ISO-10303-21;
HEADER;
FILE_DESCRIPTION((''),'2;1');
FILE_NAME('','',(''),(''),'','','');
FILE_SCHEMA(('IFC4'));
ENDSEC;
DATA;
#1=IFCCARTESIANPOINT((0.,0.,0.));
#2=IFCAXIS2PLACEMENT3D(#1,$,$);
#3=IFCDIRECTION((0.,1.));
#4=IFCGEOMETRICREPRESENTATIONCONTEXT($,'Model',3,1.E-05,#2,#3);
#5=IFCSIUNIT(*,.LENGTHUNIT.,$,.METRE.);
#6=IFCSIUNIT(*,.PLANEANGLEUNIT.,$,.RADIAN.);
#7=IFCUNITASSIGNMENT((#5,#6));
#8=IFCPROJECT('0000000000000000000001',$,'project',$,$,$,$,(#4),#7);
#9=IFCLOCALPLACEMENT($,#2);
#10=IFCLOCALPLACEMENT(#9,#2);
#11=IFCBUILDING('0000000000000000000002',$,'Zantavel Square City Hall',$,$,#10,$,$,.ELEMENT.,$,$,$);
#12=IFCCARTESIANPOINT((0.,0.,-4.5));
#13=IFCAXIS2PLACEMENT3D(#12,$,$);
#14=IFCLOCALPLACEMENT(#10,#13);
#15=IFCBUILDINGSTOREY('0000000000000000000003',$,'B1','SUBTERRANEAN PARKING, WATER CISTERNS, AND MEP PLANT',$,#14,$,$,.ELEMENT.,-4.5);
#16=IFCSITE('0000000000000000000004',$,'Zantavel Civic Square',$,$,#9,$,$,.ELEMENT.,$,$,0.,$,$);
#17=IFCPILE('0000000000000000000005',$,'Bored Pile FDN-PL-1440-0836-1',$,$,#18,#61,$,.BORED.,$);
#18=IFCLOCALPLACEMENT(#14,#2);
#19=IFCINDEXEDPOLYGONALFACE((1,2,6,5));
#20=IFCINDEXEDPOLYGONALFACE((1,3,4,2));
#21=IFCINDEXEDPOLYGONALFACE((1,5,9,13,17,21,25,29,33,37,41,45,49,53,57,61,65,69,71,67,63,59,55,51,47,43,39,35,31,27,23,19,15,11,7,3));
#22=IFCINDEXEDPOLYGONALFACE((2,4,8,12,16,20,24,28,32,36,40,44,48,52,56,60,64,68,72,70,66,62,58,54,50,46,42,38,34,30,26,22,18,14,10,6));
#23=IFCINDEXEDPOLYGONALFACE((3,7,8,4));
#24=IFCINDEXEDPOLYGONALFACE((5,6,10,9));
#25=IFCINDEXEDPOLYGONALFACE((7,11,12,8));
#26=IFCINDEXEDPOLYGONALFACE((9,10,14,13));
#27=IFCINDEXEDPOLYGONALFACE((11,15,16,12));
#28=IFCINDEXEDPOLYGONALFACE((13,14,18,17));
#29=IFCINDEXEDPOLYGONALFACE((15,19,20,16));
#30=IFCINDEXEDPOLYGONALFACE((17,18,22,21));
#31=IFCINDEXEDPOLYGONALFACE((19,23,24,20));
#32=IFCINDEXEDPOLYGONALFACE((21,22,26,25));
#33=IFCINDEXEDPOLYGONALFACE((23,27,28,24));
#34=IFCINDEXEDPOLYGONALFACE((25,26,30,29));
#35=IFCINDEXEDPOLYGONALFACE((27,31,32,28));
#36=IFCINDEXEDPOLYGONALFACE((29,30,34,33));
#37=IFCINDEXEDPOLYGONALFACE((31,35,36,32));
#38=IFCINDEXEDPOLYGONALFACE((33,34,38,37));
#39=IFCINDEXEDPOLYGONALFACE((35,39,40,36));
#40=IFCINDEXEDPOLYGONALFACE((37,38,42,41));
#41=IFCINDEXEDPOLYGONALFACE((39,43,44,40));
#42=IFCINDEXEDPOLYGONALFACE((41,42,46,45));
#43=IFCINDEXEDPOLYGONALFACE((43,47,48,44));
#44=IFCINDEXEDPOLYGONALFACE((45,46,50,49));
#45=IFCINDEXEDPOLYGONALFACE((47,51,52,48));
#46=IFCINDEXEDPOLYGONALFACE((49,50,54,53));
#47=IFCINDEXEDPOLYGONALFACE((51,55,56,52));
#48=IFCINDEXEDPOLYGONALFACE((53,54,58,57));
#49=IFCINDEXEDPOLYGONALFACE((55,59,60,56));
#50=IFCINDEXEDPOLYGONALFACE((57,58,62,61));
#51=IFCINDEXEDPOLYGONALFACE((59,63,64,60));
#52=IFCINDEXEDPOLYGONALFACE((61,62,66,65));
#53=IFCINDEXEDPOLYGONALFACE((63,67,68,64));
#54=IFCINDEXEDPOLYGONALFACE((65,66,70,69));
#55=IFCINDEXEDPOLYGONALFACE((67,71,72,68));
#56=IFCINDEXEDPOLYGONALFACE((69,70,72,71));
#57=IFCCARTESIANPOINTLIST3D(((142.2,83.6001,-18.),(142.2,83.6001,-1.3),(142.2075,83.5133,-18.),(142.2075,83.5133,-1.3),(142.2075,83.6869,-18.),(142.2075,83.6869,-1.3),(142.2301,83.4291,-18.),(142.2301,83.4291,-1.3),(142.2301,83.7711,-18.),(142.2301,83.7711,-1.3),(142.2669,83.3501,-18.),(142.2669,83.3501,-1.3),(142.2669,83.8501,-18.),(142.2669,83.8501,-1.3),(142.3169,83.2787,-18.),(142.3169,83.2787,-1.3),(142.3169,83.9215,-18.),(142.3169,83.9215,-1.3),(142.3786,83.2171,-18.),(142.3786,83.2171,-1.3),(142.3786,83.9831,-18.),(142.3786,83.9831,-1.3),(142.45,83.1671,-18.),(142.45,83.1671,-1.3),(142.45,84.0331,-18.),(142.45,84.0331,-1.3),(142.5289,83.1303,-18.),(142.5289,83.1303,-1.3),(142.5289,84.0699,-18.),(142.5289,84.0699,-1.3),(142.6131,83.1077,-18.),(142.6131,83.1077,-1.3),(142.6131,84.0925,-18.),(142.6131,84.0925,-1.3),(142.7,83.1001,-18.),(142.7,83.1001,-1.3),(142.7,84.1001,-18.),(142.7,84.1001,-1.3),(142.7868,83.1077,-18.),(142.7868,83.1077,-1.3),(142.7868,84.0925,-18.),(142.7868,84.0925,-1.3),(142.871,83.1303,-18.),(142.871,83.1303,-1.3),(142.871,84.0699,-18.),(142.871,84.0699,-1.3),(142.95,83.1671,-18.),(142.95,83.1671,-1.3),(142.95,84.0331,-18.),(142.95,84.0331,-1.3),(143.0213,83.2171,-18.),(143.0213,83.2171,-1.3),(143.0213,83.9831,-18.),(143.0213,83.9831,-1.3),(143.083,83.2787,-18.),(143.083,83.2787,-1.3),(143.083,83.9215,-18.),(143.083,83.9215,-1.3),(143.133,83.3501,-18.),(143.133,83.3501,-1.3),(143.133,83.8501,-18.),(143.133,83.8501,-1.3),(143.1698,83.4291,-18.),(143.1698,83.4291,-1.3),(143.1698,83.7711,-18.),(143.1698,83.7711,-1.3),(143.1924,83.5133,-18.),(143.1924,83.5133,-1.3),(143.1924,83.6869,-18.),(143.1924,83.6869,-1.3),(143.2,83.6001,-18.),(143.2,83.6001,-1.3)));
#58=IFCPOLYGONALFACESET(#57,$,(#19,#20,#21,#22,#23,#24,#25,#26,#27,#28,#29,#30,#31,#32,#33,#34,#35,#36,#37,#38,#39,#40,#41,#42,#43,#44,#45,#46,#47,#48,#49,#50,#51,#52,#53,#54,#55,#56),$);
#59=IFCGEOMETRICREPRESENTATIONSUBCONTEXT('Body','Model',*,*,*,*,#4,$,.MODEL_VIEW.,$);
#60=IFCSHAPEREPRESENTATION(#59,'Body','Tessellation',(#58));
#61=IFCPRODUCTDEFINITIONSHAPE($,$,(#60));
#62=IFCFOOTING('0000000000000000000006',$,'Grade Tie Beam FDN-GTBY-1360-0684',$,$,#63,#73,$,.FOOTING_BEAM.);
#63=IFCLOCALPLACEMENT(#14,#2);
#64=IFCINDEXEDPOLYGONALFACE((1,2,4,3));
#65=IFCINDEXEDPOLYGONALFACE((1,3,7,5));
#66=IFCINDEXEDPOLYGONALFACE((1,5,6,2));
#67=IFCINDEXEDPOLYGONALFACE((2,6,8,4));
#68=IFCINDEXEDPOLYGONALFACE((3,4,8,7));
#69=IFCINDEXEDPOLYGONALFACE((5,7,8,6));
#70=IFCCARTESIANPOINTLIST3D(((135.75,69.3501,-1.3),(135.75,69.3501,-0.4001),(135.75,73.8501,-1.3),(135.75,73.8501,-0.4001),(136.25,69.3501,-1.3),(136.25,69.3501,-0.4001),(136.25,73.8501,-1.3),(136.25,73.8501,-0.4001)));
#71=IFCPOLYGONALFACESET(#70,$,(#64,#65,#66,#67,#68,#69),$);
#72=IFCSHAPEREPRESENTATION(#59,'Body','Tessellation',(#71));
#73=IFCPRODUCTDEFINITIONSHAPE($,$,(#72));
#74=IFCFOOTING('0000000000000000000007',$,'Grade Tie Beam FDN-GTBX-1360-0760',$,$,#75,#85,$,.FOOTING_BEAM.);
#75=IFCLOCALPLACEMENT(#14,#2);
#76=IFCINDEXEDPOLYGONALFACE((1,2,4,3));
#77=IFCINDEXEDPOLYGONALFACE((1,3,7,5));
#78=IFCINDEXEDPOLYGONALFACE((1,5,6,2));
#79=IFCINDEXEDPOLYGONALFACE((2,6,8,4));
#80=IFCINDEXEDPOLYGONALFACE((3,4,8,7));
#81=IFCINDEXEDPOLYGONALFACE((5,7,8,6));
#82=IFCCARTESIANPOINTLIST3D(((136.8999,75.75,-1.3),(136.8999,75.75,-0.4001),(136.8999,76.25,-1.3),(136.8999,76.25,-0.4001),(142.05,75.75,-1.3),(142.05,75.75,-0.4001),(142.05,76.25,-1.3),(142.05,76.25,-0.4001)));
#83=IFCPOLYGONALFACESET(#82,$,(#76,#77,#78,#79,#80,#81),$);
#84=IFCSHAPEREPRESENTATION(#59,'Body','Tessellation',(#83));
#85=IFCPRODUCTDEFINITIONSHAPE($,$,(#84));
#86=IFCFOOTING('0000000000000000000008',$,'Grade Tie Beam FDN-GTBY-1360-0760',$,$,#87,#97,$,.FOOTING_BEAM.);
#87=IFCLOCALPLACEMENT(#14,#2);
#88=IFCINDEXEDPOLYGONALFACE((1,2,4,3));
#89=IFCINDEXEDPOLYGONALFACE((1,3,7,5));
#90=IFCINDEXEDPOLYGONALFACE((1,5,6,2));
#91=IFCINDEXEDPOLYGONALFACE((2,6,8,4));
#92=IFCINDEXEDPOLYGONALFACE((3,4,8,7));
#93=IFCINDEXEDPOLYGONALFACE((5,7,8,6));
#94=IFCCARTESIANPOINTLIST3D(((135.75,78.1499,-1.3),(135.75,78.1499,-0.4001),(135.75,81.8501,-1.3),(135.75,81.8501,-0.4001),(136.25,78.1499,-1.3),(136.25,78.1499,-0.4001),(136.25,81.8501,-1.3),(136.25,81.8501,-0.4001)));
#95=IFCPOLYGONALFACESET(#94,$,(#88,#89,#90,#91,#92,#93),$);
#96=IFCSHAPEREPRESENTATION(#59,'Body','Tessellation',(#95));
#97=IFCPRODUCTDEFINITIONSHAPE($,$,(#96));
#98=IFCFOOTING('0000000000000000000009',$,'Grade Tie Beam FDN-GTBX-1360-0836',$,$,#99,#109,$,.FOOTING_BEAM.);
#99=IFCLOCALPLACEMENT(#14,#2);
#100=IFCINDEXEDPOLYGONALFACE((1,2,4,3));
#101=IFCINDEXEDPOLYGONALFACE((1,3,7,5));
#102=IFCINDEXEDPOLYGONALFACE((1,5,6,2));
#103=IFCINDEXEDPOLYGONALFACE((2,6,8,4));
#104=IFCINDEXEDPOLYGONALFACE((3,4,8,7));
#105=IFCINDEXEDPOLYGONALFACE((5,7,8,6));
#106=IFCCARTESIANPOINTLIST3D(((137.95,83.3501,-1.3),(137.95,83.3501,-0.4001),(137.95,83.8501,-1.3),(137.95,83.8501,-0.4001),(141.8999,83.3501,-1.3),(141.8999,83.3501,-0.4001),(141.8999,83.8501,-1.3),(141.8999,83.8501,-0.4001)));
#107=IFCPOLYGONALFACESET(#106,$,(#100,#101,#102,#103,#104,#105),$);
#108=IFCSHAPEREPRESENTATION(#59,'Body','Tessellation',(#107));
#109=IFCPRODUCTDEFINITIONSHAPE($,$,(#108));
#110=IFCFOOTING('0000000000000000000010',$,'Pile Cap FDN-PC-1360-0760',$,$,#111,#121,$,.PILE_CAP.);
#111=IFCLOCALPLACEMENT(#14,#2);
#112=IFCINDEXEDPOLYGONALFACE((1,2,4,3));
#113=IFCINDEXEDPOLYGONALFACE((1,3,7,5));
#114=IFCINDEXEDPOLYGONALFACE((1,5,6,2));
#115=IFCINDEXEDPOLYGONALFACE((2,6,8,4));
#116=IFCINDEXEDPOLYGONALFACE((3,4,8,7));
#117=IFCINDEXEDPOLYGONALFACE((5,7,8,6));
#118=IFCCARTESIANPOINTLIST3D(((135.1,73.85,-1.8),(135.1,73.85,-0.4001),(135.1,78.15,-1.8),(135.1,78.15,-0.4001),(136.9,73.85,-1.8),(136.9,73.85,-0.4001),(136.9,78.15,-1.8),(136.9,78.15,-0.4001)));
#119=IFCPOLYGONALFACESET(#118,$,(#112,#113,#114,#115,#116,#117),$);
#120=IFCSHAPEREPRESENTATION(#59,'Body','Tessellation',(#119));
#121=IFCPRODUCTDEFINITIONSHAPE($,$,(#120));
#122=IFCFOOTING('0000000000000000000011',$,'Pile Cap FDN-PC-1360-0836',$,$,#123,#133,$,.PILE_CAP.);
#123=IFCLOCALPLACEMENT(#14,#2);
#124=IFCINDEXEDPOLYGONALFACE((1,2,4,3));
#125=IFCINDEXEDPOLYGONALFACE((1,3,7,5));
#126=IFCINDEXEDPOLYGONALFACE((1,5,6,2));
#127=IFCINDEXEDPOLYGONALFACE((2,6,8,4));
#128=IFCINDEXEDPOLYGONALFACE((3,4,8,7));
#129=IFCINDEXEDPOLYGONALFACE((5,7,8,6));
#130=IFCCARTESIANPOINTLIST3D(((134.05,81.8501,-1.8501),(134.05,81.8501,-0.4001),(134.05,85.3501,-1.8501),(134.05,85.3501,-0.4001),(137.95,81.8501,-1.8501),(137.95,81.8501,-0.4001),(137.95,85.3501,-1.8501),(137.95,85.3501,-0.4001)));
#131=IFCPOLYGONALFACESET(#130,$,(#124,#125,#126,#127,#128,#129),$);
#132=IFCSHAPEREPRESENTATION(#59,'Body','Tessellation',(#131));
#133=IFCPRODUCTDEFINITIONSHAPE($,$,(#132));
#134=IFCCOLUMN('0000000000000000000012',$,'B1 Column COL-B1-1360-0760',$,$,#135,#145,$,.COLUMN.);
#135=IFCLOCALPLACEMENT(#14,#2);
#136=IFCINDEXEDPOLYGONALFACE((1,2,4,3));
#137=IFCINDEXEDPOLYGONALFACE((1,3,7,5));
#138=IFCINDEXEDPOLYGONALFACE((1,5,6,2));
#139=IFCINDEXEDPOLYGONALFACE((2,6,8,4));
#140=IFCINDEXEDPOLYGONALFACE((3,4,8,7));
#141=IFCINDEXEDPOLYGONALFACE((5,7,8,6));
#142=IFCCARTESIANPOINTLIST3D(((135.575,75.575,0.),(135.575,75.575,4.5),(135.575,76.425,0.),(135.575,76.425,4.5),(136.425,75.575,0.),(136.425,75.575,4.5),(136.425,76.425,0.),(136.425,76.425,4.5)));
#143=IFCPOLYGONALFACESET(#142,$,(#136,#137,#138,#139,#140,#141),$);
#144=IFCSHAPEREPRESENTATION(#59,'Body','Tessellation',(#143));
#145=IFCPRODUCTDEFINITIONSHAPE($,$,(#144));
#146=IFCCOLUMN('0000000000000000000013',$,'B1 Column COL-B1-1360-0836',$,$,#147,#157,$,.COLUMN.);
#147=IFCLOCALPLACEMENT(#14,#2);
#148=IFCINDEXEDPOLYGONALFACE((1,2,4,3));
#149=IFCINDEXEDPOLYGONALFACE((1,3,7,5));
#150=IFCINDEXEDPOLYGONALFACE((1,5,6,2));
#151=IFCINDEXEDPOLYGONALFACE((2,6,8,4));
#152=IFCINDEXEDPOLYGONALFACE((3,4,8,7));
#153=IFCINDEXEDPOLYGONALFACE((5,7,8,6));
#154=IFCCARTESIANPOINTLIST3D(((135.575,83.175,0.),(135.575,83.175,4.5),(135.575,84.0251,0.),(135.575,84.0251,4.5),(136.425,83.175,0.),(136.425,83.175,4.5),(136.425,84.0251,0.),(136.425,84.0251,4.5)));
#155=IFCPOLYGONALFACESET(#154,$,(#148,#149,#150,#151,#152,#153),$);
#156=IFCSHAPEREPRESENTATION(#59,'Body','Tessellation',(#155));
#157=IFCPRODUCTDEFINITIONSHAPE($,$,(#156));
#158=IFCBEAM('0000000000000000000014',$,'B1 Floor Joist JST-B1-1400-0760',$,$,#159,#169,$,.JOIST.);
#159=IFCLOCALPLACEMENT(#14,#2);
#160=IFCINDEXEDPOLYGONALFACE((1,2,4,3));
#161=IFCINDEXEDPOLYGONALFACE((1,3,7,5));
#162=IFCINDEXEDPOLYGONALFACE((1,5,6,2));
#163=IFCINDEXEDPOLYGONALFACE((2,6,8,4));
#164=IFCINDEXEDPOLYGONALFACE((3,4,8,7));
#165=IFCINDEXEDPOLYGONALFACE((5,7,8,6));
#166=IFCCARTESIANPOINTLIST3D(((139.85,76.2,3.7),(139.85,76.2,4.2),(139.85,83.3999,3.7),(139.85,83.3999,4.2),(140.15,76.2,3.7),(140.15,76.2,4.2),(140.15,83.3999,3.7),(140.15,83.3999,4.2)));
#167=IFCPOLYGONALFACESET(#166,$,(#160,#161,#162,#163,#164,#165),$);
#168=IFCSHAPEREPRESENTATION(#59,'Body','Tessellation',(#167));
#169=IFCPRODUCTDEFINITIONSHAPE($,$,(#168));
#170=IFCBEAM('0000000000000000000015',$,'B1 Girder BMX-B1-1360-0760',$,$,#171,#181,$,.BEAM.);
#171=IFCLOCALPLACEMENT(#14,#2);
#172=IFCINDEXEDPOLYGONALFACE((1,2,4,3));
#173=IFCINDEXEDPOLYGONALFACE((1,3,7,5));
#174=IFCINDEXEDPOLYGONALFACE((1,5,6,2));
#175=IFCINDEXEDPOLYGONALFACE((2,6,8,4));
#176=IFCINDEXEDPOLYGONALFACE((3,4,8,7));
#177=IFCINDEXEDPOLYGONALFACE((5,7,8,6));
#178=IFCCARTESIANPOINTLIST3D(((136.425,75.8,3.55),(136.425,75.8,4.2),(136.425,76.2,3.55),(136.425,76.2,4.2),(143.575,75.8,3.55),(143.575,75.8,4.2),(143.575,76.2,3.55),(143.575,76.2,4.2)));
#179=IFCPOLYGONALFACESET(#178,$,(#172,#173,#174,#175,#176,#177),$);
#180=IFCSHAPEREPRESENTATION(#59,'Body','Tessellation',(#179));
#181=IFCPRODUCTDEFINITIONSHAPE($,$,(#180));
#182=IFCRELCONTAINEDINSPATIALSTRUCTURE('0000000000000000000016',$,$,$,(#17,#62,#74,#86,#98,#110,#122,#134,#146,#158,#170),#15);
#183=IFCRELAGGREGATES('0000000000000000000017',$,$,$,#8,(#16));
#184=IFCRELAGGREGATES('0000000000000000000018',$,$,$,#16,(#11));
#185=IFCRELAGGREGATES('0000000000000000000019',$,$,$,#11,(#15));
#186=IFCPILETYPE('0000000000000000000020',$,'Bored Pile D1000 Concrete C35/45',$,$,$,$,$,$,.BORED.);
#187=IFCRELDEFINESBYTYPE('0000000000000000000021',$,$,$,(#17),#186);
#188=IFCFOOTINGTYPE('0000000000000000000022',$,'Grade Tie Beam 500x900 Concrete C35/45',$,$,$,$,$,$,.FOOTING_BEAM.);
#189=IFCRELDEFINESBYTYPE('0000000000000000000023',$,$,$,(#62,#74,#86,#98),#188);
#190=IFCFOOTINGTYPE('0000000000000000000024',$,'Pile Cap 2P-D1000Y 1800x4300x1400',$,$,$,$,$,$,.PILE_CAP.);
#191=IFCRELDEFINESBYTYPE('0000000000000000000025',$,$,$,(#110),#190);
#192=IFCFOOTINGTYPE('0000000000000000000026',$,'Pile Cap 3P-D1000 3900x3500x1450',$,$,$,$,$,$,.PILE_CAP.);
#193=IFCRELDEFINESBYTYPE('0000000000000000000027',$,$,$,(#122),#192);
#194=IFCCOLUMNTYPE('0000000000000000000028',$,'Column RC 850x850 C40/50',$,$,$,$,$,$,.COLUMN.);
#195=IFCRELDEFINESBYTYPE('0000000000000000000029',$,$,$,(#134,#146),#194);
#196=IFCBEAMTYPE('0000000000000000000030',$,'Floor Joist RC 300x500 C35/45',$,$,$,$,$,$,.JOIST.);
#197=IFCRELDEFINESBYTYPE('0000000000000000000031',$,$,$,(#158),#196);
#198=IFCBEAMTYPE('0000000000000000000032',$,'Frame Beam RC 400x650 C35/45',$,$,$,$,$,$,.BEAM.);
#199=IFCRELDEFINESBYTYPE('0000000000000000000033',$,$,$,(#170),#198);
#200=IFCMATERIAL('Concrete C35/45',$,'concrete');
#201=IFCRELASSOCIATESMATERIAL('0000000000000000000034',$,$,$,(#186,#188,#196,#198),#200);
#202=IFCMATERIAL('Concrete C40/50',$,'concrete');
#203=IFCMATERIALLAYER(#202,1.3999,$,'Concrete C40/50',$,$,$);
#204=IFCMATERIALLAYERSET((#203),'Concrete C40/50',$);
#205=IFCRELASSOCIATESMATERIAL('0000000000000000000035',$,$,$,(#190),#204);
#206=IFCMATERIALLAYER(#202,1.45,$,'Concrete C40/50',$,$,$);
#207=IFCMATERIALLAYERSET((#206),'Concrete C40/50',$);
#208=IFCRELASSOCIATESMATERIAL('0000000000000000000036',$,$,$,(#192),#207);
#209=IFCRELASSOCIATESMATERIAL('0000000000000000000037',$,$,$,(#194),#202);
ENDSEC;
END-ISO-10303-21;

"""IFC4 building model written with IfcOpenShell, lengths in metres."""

from ifc_helpers import new_model, si_unit, direction, frame, origin, origin_2d, place, context, subcontext, project, spatial, rectangle, circle, extrude, material, layer, layer_set, material_profile, profile_set, type_object, element, save


model = new_model("IFC4")

# Units and contexts
model_context = context("Model", 3, precision=1e-05, world=origin(), true_north=direction((0.0, 1.0)))
body_context = subcontext(model_context, "Body", "Model", "MODEL_VIEW")
ifc_project = project(units=[si_unit("LENGTHUNIT", "METRE"), si_unit("PLANEANGLEUNIT", "RADIAN")], contexts=[model_context])

# Site, building, storey
site_placement = place(None, origin())
site = spatial("IfcSite", under=ifc_project, at=site_placement, Name="Zantavel Civic Square", CompositionType="ELEMENT", RefElevation=0.0)
building_placement = place(site_placement, origin())
building = spatial("IfcBuilding", under=site, at=building_placement, Name="Zantavel Square City Hall", CompositionType="ELEMENT")
storey_placement = place(building_placement, frame((0.0, 0.0, -4.5)))
storey = spatial("IfcBuildingStorey", under=building, at=storey_placement, Name="B1", Description="SUBTERRANEAN PARKING, WATER CISTERNS, AND MEP PLANT", CompositionType="ELEMENT", Elevation=-4.5)

# Pile
ifc_material_1 = material(Name="Concrete C35/45", Category="concrete")
ifc_material_profile_1 = material_profile(ifc_material_1, circle(Radius=0.5, at=origin_2d()), Name="PILE D1000")
ifc_profile_set_1 = profile_set([ifc_material_profile_1], Name="Concrete C35/45")
pile_type = type_object("IfcPileType", Name="Bored Pile D1000 Concrete C35/45", PredefinedType="BORED", material=ifc_profile_set_1)
pile_1_placement = place(storey_placement, frame((142.7, 83.6001, -1.3), z_axis=(0.0, 0.0, -1.0), x_axis=(1.0, 0.0, 0.0)))
element("IfcPile", 1, at=pile_1_placement, inside=storey, type_object=pile_type, Name="Bored Pile FDN-PL-1440-0836-1", PredefinedType="BORED", context=body_context, shape_type="SweptSolid", body=[
    extrude(circle(Radius=0.5, at=origin_2d()), origin(), (0.0, 0.0, 1.0), 16.7),
])

# Footings
ifc_material_profile_2 = material_profile(ifc_material_1, rectangle(XDim=0.5, YDim=0.8999, at=origin_2d()), Name="RC 500x900")
ifc_profile_set_2 = profile_set([ifc_material_profile_2], Name="Concrete C35/45")
footing_type_1 = type_object("IfcFootingType", Name="Grade Tie Beam 500x900 Concrete C35/45", PredefinedType="FOOTING_BEAM", material=ifc_profile_set_2)
footing_1_placement = place(storey_placement, frame((136.0, 69.3501, -0.8501), z_axis=(0.0, 1.0, 0.0), x_axis=(-1.0, 0.0, 0.0)))
element("IfcFooting", 2, at=footing_1_placement, inside=storey, type_object=footing_type_1, Name="Grade Tie Beam FDN-GTBY-1360-0684", PredefinedType="FOOTING_BEAM", context=body_context, shape_type="SweptSolid", body=[
    extrude(rectangle(XDim=0.5, YDim=0.8999, at=origin_2d()), origin(), (0.0, 0.0, 1.0), 4.5),
])
footing_2_placement = place(storey_placement, frame((136.8999, 76.0, -0.8501), z_axis=(1.0, 0.0, 0.0), x_axis=(0.0, 1.0, 0.0)))
element("IfcFooting", 3, at=footing_2_placement, inside=storey, type_object=footing_type_1, Name="Grade Tie Beam FDN-GTBX-1360-0760", PredefinedType="FOOTING_BEAM", context=body_context, shape_type="SweptSolid", body=[
    extrude(rectangle(XDim=0.5, YDim=0.8999, at=origin_2d()), origin(), (0.0, 0.0, 1.0), 5.1501),
])
footing_3_placement = place(storey_placement, frame((136.0, 78.1499, -0.8501), z_axis=(0.0, 1.0, 0.0), x_axis=(-1.0, 0.0, 0.0)))
element("IfcFooting", 4, at=footing_3_placement, inside=storey, type_object=footing_type_1, Name="Grade Tie Beam FDN-GTBY-1360-0760", PredefinedType="FOOTING_BEAM", context=body_context, shape_type="SweptSolid", body=[
    extrude(rectangle(XDim=0.5, YDim=0.8999, at=origin_2d()), origin(), (0.0, 0.0, 1.0), 3.7002),
])
footing_4_placement = place(storey_placement, frame((137.95, 83.6001, -0.8501), z_axis=(1.0, 0.0, 0.0), x_axis=(0.0, 1.0, 0.0)))
element("IfcFooting", 5, at=footing_4_placement, inside=storey, type_object=footing_type_1, Name="Grade Tie Beam FDN-GTBX-1360-0836", PredefinedType="FOOTING_BEAM", context=body_context, shape_type="SweptSolid", body=[
    extrude(rectangle(XDim=0.5, YDim=0.8999, at=origin_2d()), origin(), (0.0, 0.0, 1.0), 3.95),
])
ifc_material_2 = material(Name="Concrete C40/50", Category="concrete")
ifc_layer_1 = layer(ifc_material_2, 1.3999, Name="Concrete C40/50")
ifc_layer_set_1 = layer_set([ifc_layer_1], Name="Concrete C40/50")
footing_type_2 = type_object("IfcFootingType", Name="Pile Cap 2P-D1000Y 1800x4300x1400", PredefinedType="PILE_CAP", material=ifc_layer_set_1)
footing_5_placement = place(storey_placement, frame((136.0, 76.0, -1.8), z_axis=(0.0, 0.0, 1.0), x_axis=(1.0, 0.0, 0.0)))
element("IfcFooting", 6, at=footing_5_placement, inside=storey, type_object=footing_type_2, Name="Pile Cap FDN-PC-1360-0760", PredefinedType="PILE_CAP", context=body_context, shape_type="SweptSolid", body=[
    extrude(rectangle(XDim=1.8, YDim=4.3, at=origin_2d()), origin(), (0.0, 0.0, 1.0), 1.3999),
])
ifc_layer_2 = layer(ifc_material_2, 1.45, Name="Concrete C40/50")
ifc_layer_set_2 = layer_set([ifc_layer_2], Name="Concrete C40/50")
footing_type_3 = type_object("IfcFootingType", Name="Pile Cap 3P-D1000 3900x3500x1450", PredefinedType="PILE_CAP", material=ifc_layer_set_2)
footing_6_placement = place(storey_placement, frame((136.0, 83.6001, -1.8501), z_axis=(0.0, 0.0, 1.0), x_axis=(1.0, 0.0, 0.0)))
element("IfcFooting", 7, at=footing_6_placement, inside=storey, type_object=footing_type_3, Name="Pile Cap FDN-PC-1360-0836", PredefinedType="PILE_CAP", context=body_context, shape_type="SweptSolid", body=[
    extrude(rectangle(XDim=3.8999, YDim=3.5, at=origin_2d()), origin(), (0.0, 0.0, 1.0), 1.45),
])

# Columns
ifc_material_profile_3 = material_profile(ifc_material_2, rectangle(XDim=0.8501, YDim=0.8501, at=origin_2d()), Name="RC 850x850")
ifc_profile_set_3 = profile_set([ifc_material_profile_3], Name="Concrete C40/50")
column_type = type_object("IfcColumnType", Name="Column RC 850x850 C40/50", PredefinedType="COLUMN", material=ifc_profile_set_3)
for number, where, z_axis, x_axis, name in (
    (8, (136.0, 76.0, 0.0), (0.0, 0.0, 1.0), (1.0, 0.0, 0.0), "B1 Column COL-B1-1360-0760"),
    (9, (136.0, 83.6001, 0.0), (0.0, 0.0, 1.0), (1.0, 0.0, 0.0), "B1 Column COL-B1-1360-0836"),
):
    element("IfcColumn", number, at=place(storey_placement, frame(where, z_axis=z_axis, x_axis=x_axis)), inside=storey, type_object=column_type, Name=name, PredefinedType="COLUMN", context=body_context, shape_type="SweptSolid", body=[
        extrude(rectangle(XDim=0.8501, YDim=0.8501, at=origin_2d()), origin(), (0.0, 0.0, 1.0), 4.5),
    ])

# Beams
ifc_material_profile_4 = material_profile(ifc_material_1, rectangle(XDim=0.3, YDim=0.5, at=origin_2d()), Name="RC 300x500")
ifc_profile_set_4 = profile_set([ifc_material_profile_4], Name="Concrete C35/45")
beam_type_1 = type_object("IfcBeamType", Name="Floor Joist RC 300x500 C35/45", PredefinedType="JOIST", material=ifc_profile_set_4)
beam_1_placement = place(storey_placement, frame((140.0, 76.2, 3.95), z_axis=(0.0, 1.0, 0.0), x_axis=(-1.0, 0.0, 0.0)))
element("IfcBeam", 10, at=beam_1_placement, inside=storey, type_object=beam_type_1, Name="B1 Floor Joist JST-B1-1400-0760", PredefinedType="JOIST", context=body_context, shape_type="SweptSolid", body=[
    extrude(rectangle(XDim=0.3, YDim=0.5, at=origin_2d()), origin(), (0.0, 0.0, 1.0), 7.2),
])
ifc_material_profile_5 = material_profile(ifc_material_1, rectangle(XDim=0.3999, YDim=0.6499, at=origin_2d()), Name="RC 400x650")
ifc_profile_set_5 = profile_set([ifc_material_profile_5], Name="Concrete C35/45")
beam_type_2 = type_object("IfcBeamType", Name="Frame Beam RC 400x650 C35/45", PredefinedType="BEAM", material=ifc_profile_set_5)
for number, where, z_axis, x_axis, name in (
    (11, (136.425, 76.0, 3.875), (1.0, 0.0, 0.0), (0.0, 1.0, 0.0), "B1 Girder BMX-B1-1360-0760"),
):
    element("IfcBeam", number, at=place(storey_placement, frame(where, z_axis=z_axis, x_axis=x_axis)), inside=storey, type_object=beam_type_2, Name=name, PredefinedType="BEAM", context=body_context, shape_type="SweptSolid", body=[
        extrude(rectangle(XDim=0.3999, YDim=0.6499, at=origin_2d()), origin(), (0.0, 0.0, 1.0), 7.1499),
    ])

save(model, "model.ifc")
